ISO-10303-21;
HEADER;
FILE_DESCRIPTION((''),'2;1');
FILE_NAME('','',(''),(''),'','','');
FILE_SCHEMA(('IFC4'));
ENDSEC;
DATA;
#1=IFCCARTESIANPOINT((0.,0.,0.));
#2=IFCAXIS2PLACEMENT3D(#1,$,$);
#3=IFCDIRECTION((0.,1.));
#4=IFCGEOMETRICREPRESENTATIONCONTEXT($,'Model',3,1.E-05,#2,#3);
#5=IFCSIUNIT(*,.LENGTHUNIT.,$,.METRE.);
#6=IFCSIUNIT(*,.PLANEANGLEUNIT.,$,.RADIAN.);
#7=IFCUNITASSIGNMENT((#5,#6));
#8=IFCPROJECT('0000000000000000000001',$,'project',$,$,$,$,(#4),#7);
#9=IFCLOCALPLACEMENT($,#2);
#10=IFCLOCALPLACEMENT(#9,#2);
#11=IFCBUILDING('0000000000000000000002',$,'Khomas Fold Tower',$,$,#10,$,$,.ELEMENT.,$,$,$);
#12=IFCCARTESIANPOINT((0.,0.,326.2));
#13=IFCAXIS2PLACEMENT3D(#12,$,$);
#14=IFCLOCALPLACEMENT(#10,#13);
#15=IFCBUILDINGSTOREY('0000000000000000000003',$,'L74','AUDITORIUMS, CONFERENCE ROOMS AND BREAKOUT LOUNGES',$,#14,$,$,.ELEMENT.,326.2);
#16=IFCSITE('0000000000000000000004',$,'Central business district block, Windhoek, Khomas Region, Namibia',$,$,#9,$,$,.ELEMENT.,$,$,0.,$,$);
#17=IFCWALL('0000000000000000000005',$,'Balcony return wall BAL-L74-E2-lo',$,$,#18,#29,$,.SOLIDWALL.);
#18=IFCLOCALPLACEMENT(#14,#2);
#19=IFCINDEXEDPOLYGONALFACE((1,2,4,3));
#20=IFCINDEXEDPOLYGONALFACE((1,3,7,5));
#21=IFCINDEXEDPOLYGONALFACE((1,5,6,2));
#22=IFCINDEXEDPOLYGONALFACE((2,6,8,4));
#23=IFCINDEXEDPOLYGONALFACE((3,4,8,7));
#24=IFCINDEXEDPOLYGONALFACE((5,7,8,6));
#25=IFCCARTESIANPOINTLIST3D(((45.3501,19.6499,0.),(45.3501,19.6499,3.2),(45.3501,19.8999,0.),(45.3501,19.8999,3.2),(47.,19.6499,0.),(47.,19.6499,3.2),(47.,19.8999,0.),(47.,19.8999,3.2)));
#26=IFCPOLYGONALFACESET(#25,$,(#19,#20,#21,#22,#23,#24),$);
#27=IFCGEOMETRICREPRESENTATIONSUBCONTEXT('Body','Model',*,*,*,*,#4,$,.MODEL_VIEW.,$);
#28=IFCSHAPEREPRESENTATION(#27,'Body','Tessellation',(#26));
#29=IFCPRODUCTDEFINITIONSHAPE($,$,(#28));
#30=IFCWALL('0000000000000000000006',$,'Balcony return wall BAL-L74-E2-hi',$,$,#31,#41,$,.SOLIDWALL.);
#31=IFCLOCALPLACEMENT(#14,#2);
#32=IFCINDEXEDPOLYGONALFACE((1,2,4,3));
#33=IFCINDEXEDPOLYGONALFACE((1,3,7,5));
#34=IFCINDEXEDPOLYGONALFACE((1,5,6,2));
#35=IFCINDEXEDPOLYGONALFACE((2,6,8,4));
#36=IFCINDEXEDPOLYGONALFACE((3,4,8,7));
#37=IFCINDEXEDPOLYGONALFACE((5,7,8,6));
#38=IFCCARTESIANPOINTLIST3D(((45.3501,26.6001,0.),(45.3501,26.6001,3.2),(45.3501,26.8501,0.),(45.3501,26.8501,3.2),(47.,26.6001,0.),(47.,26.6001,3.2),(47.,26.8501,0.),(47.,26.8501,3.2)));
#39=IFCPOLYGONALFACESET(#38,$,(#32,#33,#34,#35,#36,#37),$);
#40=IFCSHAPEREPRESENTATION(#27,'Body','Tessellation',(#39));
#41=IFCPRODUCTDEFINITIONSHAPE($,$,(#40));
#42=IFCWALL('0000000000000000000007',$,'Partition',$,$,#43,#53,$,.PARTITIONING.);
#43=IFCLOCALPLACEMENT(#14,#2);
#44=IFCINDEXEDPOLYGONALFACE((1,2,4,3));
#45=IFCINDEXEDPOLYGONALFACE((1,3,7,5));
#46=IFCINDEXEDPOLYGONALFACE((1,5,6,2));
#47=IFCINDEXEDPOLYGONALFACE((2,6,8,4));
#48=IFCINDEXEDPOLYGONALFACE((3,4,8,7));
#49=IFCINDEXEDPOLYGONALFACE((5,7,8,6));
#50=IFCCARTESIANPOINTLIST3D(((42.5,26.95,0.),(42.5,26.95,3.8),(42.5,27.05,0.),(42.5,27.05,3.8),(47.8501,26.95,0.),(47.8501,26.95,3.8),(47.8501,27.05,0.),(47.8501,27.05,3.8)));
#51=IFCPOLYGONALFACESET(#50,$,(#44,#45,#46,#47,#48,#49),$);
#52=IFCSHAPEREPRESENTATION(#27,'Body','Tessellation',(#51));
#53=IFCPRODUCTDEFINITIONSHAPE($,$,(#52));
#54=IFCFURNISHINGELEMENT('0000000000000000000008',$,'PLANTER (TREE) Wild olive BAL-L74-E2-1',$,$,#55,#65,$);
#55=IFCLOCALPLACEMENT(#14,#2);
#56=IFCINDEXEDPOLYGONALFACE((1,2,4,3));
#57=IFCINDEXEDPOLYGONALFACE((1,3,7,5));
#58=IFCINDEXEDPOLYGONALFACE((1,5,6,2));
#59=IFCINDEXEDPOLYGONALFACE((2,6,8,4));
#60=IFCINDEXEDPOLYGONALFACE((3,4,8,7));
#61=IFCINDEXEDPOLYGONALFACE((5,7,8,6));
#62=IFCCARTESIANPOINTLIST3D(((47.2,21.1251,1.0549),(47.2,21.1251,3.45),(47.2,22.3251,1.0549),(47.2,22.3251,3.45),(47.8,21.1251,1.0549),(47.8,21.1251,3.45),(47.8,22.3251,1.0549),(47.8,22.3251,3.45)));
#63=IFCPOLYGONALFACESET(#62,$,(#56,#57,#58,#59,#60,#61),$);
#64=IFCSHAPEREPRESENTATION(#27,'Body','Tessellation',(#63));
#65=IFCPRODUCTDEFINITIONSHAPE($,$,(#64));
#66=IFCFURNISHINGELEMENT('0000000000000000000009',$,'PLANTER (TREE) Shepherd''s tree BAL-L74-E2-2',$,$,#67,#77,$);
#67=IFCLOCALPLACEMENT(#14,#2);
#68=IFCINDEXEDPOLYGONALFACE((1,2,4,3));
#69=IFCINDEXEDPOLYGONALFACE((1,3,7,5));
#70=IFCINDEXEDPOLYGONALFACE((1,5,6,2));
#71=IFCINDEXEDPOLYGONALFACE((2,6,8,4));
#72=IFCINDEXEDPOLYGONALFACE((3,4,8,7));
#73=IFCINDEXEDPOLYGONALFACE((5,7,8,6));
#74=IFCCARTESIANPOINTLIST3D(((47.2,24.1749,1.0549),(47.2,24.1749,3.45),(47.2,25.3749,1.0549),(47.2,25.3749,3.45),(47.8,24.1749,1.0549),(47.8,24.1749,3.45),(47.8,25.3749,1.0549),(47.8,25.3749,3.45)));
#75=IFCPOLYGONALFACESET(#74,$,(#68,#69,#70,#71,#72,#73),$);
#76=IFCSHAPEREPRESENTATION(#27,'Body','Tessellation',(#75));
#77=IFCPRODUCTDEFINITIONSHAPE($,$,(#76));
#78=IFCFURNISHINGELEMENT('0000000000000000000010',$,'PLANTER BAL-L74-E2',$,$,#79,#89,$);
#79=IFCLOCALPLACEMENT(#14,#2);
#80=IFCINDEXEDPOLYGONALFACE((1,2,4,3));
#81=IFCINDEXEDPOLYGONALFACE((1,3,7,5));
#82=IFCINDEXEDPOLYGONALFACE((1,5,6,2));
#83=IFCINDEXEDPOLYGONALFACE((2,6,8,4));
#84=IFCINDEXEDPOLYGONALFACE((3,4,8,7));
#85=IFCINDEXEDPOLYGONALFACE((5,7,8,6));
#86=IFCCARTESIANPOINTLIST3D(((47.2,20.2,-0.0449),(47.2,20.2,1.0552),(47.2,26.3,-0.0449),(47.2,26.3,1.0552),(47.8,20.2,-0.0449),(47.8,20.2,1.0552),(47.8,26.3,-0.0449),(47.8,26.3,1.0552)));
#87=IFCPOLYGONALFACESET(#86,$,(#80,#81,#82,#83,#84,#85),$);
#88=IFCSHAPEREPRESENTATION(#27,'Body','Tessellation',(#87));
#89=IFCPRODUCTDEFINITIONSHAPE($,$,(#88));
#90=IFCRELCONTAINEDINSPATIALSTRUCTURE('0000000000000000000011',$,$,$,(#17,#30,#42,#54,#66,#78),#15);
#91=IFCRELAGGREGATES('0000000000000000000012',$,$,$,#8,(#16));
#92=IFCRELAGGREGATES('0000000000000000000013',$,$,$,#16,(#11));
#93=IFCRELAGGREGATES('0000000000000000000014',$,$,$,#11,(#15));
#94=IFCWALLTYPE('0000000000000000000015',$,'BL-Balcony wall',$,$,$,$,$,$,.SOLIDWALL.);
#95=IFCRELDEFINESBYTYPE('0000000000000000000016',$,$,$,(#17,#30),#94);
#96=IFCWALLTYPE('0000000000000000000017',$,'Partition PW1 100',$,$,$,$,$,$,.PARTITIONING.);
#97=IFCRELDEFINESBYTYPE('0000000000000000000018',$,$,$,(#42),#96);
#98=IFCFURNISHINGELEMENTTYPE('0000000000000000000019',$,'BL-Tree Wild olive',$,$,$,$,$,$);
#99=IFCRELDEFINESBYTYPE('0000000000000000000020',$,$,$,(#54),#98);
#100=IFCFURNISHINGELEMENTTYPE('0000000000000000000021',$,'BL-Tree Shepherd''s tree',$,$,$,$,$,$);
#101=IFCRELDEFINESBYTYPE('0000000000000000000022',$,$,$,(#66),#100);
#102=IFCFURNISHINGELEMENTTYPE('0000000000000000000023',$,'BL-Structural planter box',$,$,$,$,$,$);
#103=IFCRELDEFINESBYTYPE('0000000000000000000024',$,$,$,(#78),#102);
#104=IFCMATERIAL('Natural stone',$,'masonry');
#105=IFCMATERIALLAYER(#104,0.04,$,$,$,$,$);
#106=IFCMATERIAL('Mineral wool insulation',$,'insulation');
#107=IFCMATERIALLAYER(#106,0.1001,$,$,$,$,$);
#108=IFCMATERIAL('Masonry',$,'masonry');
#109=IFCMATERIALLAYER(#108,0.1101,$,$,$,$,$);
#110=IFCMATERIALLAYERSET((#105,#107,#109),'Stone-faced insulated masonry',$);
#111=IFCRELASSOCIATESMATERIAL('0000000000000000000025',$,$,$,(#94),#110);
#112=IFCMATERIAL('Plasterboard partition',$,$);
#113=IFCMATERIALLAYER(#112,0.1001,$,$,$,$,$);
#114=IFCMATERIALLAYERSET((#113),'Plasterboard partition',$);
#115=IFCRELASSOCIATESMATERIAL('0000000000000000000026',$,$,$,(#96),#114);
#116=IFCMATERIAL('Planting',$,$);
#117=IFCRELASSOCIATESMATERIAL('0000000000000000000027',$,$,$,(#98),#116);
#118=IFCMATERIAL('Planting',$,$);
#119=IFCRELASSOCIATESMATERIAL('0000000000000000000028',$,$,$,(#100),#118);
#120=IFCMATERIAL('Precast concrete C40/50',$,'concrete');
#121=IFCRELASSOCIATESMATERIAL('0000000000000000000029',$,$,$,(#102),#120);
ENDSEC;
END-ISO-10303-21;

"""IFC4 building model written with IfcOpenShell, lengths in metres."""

from ifc_helpers import new_model, si_unit, direction, frame, frame_2d, origin, origin_2d, place, context, subcontext, project, spatial, rectangle, extrude, source, transform, mapped, material, layer, layer_set, type_object, element, save


model = new_model("IFC4")

# Units and contexts
model_context = context("Model", 3, precision=1e-05, world=origin(), true_north=direction((0.0, 1.0)))
body_context = subcontext(model_context, "Body", "Model", "MODEL_VIEW")
ifc_project = project(units=[si_unit("LENGTHUNIT", "METRE"), si_unit("PLANEANGLEUNIT", "RADIAN")], contexts=[model_context])

# Site, building, storey
site_placement = place(None, origin())
site = spatial("IfcSite", under=ifc_project, at=site_placement, Name="Central business district block, Windhoek, Khomas Region, Namibia", CompositionType="ELEMENT", RefElevation=0.0)
building_placement = place(site_placement, origin())
building = spatial("IfcBuilding", under=site, at=building_placement, Name="Khomas Fold Tower", CompositionType="ELEMENT")
storey_placement = place(building_placement, frame((0.0, 0.0, 326.2)))
storey = spatial("IfcBuildingStorey", under=building, at=storey_placement, Name="L74", Description="AUDITORIUMS, CONFERENCE ROOMS AND BREAKOUT LOUNGES", CompositionType="ELEMENT", Elevation=326.2)

# Shared definitions
ifc_material_1 = material(Name="Natural stone", Category="masonry")
ifc_layer_1 = layer(ifc_material_1, 0.04)
ifc_material_2 = material(Name="Mineral wool insulation", Category="insulation")
ifc_layer_2 = layer(ifc_material_2, 0.1001)
ifc_material_3 = material(Name="Masonry", Category="masonry")
ifc_layer_3 = layer(ifc_material_3, 0.1101)
ifc_layer_set_1 = layer_set([ifc_layer_1, ifc_layer_2, ifc_layer_3], Name="Stone-faced insulated masonry")
wall_type_1 = type_object("IfcWallType", Name="BL-Balcony wall", PredefinedType="SOLIDWALL", material=ifc_layer_set_1)

# Walls
shared_shape_1 = source(origin(), body_context, "Body", "SweptSolid", [
    extrude(rectangle(XDim=1.6499, YDim=0.25, at=frame_2d((0.825, 0.0))), origin(), (0.0, 0.0, 1.0), 3.2),
])
for number, where, z_axis, x_axis, name in (
    (1, (47.0, 19.7749, 0.0), (0.0, 0.0, 1.0), (-1.0, 0.0, 0.0), "Balcony return wall BAL-L74-E2-lo"),
    (2, (47.0, 26.7251, 0.0), (0.0, 0.0, 1.0), (-1.0, 0.0, 0.0), "Balcony return wall BAL-L74-E2-hi"),
):
    element("IfcWall", number, at=place(storey_placement, frame(where, z_axis=z_axis, x_axis=x_axis)), inside=storey, type_object=wall_type_1, Name=name, PredefinedType="SOLIDWALL", context=body_context, shape_type="MappedRepresentation", body=[
        mapped(shared_shape_1, transform((0.0, 0.0, 0.0))),
    ])
ifc_material_4 = material(Name="Plasterboard partition")
ifc_layer_4 = layer(ifc_material_4, 0.1001)
ifc_layer_set_2 = layer_set([ifc_layer_4], Name="Plasterboard partition")
wall_type_2 = type_object("IfcWallType", Name="Partition PW1 100", PredefinedType="PARTITIONING", material=ifc_layer_set_2)
shared_shape_2 = source(origin(), body_context, "Body", "SweptSolid", [
    extrude(rectangle(XDim=5.3501, YDim=0.1001, at=frame_2d((2.675, 0.0))), origin(), (0.0, 0.0, 1.0), 3.8),
])
wall_1_placement = place(storey_placement, frame((42.5, 27.0, 0.0), z_axis=(0.0, 0.0, 1.0), x_axis=(1.0, 0.0, 0.0)))
element("IfcWall", 3, at=wall_1_placement, inside=storey, type_object=wall_type_2, Name="Partition", PredefinedType="PARTITIONING", context=body_context, shape_type="MappedRepresentation", body=[
    mapped(shared_shape_2, transform((0.0, 0.0, 0.0))),
])

# Furnishing elements
ifc_material_5 = material(Name="Planting")
furnishing_element_type_1 = type_object("IfcFurnishingElementType", Name="BL-Tree Wild olive", material=ifc_material_5)
shared_shape_3 = source(origin(), body_context, "Body", "SweptSolid", [
    extrude(rectangle(XDim=1.2, YDim=0.6001, at=origin_2d()), origin(), (0.0, 0.0, 1.0), 2.395),
])
furnishing_1_placement = place(storey_placement, frame((47.5, 21.7251, 1.0549), z_axis=(0.0, 0.0, 1.0), x_axis=(0.0, 1.0, 0.0)))
element("IfcFurnishingElement", 4, at=furnishing_1_placement, inside=storey, type_object=furnishing_element_type_1, Name="PLANTER (TREE) Wild olive BAL-L74-E2-1", context=body_context, shape_type="MappedRepresentation", body=[
    mapped(shared_shape_3, transform((0.0, 0.0, 0.0))),
])
ifc_material_6 = material(Name="Planting")
furnishing_element_type_2 = type_object("IfcFurnishingElementType", Name="BL-Tree Shepherd's tree", material=ifc_material_6)
furnishing_2_placement = place(storey_placement, frame((47.5, 24.7749, 1.0549), z_axis=(0.0, 0.0, 1.0), x_axis=(0.0, 1.0, 0.0)))
element("IfcFurnishingElement", 5, at=furnishing_2_placement, inside=storey, type_object=furnishing_element_type_2, Name="PLANTER (TREE) Shepherd's tree BAL-L74-E2-2", context=body_context, shape_type="MappedRepresentation", body=[
    mapped(shared_shape_3, transform((0.0, 0.0, 0.0))),
])
ifc_material_7 = material(Name="Precast concrete C40/50", Category="concrete")
furnishing_element_type_3 = type_object("IfcFurnishingElementType", Name="BL-Structural planter box", material=ifc_material_7)
shared_shape_4 = source(origin(), body_context, "Body", "SweptSolid", [
    extrude(rectangle(XDim=6.1001, YDim=0.6001, at=origin_2d()), origin(), (0.0, 0.0, 1.0), 1.1001),
])
furnishing_3_placement = place(storey_placement, frame((47.5, 23.25, -0.0449), z_axis=(0.0, 0.0, 1.0), x_axis=(0.0, 1.0, 0.0)))
element("IfcFurnishingElement", 6, at=furnishing_3_placement, inside=storey, type_object=furnishing_element_type_3, Name="PLANTER BAL-L74-E2", context=body_context, shape_type="MappedRepresentation", body=[
    mapped(shared_shape_4, transform((0.0, 0.0, 0.0))),
])

save(model, "model.ifc")
